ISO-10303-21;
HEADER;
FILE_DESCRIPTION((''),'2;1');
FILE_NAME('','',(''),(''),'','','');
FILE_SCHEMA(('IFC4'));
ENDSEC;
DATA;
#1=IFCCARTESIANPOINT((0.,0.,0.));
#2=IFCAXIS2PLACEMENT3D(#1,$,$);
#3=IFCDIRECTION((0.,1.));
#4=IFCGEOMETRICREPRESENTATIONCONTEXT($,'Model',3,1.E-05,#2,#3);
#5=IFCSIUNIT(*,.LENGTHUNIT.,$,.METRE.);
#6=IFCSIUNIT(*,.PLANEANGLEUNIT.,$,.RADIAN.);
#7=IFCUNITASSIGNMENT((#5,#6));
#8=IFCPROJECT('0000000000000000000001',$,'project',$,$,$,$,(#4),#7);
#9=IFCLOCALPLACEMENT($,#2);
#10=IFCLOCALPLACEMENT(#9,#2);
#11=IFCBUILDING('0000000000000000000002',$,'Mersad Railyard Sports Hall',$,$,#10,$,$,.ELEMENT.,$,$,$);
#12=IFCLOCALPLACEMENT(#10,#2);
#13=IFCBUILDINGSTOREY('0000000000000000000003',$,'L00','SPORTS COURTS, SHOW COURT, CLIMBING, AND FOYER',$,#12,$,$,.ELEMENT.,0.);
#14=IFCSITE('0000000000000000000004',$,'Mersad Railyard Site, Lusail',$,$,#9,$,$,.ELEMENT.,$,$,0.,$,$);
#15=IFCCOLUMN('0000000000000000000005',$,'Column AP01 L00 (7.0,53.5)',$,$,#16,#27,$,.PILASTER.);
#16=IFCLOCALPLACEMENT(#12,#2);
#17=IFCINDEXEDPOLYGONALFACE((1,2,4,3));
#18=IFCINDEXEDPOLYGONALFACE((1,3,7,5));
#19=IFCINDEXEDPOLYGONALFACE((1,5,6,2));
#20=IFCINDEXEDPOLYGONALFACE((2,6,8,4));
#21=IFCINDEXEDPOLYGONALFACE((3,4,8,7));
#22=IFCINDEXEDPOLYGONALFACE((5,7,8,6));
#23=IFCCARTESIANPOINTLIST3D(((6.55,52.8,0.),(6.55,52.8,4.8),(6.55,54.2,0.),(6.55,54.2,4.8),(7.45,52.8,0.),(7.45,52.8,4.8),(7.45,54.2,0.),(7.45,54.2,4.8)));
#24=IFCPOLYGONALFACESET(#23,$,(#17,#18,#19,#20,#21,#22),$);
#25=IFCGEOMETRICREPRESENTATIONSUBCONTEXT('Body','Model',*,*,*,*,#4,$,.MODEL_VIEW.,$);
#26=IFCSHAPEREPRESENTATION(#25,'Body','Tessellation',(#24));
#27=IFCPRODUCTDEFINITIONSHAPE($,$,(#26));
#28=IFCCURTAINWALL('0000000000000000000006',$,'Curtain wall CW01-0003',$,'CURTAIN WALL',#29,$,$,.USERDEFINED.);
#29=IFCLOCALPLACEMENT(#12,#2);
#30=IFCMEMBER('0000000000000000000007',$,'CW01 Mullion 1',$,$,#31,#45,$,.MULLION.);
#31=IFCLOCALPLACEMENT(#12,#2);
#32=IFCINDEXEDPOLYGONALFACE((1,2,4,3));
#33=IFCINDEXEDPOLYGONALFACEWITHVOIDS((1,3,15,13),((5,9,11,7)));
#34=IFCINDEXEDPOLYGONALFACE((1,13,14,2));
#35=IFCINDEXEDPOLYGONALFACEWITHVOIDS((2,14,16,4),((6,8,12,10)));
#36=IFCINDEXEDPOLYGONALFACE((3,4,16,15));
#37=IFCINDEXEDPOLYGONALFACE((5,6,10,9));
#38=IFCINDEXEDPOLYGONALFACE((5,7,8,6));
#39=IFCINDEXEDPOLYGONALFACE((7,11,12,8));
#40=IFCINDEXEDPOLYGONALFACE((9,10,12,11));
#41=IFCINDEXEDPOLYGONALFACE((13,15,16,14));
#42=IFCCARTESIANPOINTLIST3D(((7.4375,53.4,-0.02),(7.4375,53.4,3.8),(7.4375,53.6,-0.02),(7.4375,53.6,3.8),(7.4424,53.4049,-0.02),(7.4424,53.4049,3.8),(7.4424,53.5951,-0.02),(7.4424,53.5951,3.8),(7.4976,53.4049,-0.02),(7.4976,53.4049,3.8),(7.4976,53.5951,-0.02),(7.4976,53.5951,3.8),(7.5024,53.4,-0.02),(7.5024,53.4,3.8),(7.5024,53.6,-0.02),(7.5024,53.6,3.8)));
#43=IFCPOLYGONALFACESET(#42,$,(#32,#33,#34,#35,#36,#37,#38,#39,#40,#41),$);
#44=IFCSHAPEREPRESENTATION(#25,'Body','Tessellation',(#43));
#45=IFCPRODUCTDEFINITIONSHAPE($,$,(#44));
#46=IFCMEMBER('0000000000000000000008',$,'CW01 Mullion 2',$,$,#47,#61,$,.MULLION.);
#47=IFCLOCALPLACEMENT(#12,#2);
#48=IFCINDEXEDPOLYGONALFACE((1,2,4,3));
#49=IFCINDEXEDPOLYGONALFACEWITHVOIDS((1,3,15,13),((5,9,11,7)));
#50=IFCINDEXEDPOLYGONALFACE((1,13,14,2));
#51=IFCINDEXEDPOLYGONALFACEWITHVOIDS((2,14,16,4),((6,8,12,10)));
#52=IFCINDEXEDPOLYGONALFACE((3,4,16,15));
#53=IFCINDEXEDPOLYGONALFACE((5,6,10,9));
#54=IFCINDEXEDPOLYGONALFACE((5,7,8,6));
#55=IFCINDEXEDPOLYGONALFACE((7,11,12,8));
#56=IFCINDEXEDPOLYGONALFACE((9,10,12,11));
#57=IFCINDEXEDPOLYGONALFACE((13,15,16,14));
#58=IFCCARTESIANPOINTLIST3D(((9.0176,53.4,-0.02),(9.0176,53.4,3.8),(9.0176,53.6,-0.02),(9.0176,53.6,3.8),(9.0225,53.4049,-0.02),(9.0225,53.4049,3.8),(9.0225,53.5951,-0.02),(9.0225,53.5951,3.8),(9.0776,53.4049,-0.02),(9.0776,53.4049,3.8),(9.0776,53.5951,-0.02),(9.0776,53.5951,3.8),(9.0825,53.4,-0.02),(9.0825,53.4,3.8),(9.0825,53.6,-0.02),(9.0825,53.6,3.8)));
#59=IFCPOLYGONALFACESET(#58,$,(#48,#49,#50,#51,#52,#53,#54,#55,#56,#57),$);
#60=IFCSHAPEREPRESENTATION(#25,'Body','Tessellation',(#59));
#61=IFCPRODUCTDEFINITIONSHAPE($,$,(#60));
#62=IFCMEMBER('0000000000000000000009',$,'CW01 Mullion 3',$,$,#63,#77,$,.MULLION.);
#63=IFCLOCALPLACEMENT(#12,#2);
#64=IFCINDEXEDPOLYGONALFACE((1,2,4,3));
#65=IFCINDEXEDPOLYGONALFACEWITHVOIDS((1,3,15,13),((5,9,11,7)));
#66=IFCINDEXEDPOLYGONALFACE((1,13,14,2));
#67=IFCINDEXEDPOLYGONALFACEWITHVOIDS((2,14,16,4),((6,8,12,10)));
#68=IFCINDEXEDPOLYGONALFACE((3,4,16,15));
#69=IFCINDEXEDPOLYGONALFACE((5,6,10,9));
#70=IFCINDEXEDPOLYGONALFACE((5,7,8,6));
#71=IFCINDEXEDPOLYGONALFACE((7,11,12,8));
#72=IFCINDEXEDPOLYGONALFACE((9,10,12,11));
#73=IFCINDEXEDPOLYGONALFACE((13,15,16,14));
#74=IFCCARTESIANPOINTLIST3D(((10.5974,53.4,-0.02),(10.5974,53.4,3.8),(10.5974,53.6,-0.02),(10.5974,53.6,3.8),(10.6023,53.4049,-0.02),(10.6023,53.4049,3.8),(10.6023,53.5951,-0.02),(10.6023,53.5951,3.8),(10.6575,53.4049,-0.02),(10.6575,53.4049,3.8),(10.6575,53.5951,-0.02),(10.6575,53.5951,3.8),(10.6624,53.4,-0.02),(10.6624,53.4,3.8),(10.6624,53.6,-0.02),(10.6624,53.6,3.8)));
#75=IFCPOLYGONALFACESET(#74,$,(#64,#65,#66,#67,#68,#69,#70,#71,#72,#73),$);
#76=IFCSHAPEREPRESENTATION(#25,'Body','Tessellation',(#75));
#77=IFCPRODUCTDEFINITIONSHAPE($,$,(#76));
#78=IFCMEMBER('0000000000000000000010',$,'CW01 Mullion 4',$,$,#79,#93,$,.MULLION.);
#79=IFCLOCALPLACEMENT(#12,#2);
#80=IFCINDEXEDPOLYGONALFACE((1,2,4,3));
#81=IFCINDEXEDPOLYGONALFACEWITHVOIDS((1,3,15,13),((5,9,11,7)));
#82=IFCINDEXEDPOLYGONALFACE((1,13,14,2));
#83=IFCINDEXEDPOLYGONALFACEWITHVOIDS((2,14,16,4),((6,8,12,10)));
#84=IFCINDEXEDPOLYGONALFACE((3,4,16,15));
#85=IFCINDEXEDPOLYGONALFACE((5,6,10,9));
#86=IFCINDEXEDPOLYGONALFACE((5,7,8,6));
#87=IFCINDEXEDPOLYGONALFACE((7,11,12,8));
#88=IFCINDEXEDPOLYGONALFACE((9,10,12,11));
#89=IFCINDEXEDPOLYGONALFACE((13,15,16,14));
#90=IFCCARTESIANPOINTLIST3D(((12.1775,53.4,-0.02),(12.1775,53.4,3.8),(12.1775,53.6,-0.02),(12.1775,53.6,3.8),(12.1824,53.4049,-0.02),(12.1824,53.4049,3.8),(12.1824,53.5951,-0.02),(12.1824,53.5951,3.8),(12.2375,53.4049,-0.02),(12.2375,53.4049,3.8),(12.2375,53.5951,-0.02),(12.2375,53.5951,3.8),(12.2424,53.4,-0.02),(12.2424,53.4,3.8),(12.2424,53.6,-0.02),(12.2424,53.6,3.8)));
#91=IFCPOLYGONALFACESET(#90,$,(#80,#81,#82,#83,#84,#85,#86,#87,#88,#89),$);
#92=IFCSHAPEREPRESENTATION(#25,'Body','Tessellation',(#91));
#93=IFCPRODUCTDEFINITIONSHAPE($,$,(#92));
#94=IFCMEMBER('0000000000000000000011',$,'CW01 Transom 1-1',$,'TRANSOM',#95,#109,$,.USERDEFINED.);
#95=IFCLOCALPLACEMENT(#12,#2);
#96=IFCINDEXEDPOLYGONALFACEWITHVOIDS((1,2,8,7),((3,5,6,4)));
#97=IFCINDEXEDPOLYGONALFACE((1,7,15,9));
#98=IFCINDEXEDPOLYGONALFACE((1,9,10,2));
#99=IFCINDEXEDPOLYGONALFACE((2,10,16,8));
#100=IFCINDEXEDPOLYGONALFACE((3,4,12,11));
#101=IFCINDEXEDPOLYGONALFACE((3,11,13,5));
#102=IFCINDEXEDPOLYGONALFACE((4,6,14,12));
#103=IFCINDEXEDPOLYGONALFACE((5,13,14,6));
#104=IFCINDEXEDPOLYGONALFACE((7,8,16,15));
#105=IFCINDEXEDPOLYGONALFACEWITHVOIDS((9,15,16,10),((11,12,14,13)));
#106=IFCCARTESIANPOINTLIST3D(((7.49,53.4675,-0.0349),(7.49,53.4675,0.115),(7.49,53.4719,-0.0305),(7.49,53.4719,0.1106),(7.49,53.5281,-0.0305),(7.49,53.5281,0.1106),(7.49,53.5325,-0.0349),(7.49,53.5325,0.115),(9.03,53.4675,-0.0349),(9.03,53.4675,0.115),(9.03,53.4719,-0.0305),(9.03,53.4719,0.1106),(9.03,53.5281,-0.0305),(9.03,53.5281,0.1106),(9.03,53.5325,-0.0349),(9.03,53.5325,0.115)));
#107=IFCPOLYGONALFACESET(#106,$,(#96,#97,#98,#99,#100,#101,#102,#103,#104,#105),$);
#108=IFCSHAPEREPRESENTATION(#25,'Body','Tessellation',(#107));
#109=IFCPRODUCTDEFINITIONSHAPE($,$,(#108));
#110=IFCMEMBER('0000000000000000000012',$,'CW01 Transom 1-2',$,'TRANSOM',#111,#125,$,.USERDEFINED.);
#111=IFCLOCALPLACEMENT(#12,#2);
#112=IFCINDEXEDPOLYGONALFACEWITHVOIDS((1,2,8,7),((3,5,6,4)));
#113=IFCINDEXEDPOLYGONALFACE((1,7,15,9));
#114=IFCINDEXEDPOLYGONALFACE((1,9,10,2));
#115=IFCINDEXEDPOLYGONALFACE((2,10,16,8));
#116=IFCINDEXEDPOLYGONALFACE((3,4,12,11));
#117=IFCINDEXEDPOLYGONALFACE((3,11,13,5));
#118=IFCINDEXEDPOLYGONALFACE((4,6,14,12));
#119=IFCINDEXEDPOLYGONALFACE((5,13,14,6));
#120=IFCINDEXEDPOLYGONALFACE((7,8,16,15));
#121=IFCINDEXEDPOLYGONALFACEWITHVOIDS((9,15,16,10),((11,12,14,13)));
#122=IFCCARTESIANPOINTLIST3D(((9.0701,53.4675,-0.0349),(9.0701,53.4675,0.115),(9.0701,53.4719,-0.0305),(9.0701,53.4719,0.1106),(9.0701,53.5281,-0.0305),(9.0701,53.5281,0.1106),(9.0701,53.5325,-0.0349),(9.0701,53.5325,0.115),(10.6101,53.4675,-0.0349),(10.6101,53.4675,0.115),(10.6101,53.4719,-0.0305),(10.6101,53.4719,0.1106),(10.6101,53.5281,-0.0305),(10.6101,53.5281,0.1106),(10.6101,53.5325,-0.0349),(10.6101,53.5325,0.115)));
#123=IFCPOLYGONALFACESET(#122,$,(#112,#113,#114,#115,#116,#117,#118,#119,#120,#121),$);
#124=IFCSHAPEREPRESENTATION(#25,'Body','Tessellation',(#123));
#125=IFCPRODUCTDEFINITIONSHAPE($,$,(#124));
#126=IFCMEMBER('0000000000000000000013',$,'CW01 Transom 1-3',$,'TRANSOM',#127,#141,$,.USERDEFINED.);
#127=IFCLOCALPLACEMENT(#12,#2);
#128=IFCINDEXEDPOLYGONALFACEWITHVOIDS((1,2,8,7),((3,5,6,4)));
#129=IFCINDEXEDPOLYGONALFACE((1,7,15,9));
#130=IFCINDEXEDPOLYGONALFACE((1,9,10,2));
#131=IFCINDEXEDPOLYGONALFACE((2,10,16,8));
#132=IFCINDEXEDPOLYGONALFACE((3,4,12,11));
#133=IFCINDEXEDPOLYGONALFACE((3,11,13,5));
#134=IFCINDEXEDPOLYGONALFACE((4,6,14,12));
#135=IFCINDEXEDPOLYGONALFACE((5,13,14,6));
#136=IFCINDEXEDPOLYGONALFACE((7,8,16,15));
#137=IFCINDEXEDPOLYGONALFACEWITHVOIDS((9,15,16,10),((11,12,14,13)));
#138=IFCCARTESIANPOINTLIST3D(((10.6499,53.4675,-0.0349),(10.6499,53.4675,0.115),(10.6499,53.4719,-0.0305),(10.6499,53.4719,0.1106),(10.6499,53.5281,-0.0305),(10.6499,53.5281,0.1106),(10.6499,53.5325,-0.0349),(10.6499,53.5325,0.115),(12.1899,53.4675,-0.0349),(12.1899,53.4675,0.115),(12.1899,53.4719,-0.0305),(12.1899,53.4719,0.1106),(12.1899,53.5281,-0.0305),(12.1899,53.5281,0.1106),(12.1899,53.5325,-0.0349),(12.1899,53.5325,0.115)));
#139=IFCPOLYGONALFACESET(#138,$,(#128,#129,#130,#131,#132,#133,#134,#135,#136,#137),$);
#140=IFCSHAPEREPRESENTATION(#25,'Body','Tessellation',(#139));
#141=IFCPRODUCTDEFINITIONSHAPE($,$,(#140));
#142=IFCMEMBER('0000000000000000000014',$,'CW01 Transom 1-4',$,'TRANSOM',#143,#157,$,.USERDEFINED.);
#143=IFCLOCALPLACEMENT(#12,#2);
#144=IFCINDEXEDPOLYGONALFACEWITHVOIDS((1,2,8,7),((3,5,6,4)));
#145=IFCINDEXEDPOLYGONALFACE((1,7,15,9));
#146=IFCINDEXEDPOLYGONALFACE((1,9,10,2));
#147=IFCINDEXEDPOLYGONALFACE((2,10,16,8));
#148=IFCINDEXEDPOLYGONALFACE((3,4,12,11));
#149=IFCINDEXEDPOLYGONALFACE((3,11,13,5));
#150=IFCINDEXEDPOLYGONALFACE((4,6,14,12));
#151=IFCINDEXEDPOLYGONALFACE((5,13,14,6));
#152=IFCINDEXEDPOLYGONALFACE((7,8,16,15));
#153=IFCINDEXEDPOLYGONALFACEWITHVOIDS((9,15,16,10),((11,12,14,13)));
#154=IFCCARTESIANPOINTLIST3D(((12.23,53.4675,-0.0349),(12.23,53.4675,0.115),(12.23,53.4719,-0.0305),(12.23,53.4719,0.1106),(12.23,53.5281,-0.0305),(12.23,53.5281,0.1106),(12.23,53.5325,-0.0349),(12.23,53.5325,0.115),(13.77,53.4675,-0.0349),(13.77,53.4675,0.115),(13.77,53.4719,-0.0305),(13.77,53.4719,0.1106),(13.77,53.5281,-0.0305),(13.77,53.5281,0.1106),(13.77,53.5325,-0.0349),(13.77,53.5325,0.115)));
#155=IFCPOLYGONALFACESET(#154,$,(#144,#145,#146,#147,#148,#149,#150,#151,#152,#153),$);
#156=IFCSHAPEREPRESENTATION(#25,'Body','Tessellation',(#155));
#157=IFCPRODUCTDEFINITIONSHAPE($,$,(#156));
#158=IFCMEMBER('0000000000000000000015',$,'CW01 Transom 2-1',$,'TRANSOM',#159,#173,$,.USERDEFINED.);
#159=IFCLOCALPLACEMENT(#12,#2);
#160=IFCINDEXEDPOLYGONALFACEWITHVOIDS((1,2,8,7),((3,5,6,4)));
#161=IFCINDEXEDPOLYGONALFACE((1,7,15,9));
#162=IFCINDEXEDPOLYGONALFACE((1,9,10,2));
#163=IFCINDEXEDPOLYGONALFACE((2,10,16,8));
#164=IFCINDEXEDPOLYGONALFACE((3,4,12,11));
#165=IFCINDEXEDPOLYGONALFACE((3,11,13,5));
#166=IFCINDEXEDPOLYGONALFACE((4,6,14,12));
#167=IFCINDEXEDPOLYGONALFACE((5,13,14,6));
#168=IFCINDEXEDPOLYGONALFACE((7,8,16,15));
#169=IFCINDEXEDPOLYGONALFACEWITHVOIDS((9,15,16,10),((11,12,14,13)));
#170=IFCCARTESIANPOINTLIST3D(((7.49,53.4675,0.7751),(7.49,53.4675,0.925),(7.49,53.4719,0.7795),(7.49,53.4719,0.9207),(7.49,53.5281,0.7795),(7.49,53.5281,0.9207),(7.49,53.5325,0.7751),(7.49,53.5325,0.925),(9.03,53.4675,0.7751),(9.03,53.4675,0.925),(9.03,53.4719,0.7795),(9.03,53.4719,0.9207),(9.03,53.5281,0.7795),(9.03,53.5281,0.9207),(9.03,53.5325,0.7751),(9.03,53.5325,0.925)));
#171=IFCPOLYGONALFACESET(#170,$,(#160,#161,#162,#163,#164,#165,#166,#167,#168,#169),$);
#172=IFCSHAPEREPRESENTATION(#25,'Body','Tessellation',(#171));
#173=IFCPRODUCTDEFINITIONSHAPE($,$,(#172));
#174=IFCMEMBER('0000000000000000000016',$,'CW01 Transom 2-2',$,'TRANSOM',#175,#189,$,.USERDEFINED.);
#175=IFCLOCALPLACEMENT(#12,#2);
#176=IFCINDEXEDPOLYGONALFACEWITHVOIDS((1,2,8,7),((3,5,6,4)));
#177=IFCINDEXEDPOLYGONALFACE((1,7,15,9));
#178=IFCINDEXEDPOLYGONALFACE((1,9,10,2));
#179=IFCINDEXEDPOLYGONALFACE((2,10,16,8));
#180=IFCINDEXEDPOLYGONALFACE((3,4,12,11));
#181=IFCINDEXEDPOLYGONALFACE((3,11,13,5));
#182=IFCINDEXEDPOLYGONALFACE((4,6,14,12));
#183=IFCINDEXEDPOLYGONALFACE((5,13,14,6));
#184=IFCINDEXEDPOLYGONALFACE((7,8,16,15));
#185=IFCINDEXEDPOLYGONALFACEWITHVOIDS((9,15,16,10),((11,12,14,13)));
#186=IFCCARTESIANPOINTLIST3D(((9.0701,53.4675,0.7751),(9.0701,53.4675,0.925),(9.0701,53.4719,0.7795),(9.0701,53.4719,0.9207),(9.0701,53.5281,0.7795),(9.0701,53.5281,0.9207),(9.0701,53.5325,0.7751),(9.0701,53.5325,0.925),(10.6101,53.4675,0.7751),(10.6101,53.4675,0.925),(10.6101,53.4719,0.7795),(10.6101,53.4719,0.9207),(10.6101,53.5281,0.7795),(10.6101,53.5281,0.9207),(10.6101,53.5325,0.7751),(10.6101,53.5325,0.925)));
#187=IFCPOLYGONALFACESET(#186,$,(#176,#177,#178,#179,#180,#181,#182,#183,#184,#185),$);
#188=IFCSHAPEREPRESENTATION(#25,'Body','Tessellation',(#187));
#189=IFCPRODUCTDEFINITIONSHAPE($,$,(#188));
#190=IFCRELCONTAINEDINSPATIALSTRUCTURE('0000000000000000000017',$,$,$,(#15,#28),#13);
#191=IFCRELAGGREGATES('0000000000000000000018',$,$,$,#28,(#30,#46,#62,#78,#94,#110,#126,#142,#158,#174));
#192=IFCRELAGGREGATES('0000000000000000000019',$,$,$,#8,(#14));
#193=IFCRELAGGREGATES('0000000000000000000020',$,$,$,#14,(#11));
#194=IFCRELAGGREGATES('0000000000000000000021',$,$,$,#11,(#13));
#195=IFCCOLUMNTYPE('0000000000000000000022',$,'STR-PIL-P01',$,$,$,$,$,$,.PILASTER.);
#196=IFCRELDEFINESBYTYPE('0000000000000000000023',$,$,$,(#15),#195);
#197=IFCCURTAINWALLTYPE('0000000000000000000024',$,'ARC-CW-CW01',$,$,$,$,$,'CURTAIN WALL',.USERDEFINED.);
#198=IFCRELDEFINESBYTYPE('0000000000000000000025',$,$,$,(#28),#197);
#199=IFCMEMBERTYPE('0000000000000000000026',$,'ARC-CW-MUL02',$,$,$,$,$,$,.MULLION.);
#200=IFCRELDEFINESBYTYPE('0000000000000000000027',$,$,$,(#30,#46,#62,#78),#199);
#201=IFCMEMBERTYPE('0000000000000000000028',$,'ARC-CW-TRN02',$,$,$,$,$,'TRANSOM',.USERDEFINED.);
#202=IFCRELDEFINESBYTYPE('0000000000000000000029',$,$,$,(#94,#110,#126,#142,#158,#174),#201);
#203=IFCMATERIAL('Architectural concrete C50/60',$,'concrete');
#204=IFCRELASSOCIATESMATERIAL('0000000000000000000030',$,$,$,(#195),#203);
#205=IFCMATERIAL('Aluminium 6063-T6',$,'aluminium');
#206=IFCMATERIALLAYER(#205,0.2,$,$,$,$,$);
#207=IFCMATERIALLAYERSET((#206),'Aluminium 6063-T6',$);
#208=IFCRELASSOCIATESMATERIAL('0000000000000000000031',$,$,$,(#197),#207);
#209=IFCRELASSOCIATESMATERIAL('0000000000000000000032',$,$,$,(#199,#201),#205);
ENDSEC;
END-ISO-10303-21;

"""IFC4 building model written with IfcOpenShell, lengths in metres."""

from ifc_helpers import new_model, si_unit, direction, frame, origin, origin_2d, place, context, subcontext, project, spatial, rectangle, hollow_rectangle, extrude, material, layer, layer_set, material_profile, profile_set, type_object, element, aggregate, save


model = new_model("IFC4")

# Units and contexts
model_context = context("Model", 3, precision=1e-05, world=origin(), true_north=direction((0.0, 1.0)))
body_context = subcontext(model_context, "Body", "Model", "MODEL_VIEW")
ifc_project = project(units=[si_unit("LENGTHUNIT", "METRE"), si_unit("PLANEANGLEUNIT", "RADIAN")], contexts=[model_context])

# Site, building, storey
site_placement = place(None, origin())
site = spatial("IfcSite", under=ifc_project, at=site_placement, Name="Mersad Railyard Site, Lusail", CompositionType="ELEMENT", RefElevation=0.0)
building_placement = place(site_placement, origin())
building = spatial("IfcBuilding", under=site, at=building_placement, Name="Mersad Railyard Sports Hall", CompositionType="ELEMENT")
storey_placement = place(building_placement, origin())
storey = spatial("IfcBuildingStorey", under=building, at=storey_placement, Name="L00", Description="SPORTS COURTS, SHOW COURT, CLIMBING, AND FOYER", CompositionType="ELEMENT", Elevation=0.0)

# Column
ifc_material_1 = material(Name="Architectural concrete C50/60", Category="concrete")
ifc_material_profile_1 = material_profile(ifc_material_1, rectangle(XDim=0.8999, YDim=1.3999, at=origin_2d()), Name="RC 900x1400")
ifc_profile_set_1 = profile_set([ifc_material_profile_1], Name="Architectural concrete C50/60")
column_type = type_object("IfcColumnType", Name="STR-PIL-P01", PredefinedType="PILASTER", material=ifc_profile_set_1)
column_placement = place(storey_placement, frame((7.0, 53.5, 0.0), z_axis=(0.0, 0.0, 1.0), x_axis=(1.0, 0.0, 0.0)))
element("IfcColumn", 1, at=column_placement, inside=storey, type_object=column_type, Name="Column AP01 L00 (7.0,53.5)", PredefinedType="PILASTER", context=body_context, shape_type="SweptSolid", body=[
    extrude(rectangle(XDim=0.8999, YDim=1.3999, at=origin_2d()), origin(), (0.0, 0.0, 1.0), 4.8),
])

# Curtain wall, members
ifc_material_2 = material(Name="Aluminium 6063-T6", Category="aluminium")
ifc_layer_1 = layer(ifc_material_2, 0.2)
ifc_layer_set_1 = layer_set([ifc_layer_1], Name="Aluminium 6063-T6")
curtain_wall_type = type_object("IfcCurtainWallType", Name="ARC-CW-CW01", ElementType="CURTAIN WALL", PredefinedType="USERDEFINED", material=ifc_layer_set_1)
curtain_wall_placement = place(storey_placement, origin())
curtain_wall = element("IfcCurtainWall", 2, at=curtain_wall_placement, inside=storey, type_object=curtain_wall_type, Name="Curtain wall CW01-0003", ObjectType="CURTAIN WALL", PredefinedType="USERDEFINED")
ifc_material_profile_2 = material_profile(ifc_material_2, hollow_rectangle(XDim=0.0649, YDim=0.2, WallThickness=0.0049, at=origin_2d()), Name="AL MULLION 65x200x5")
ifc_profile_set_2 = profile_set([ifc_material_profile_2], Name="Aluminium 6063-T6")
member_type_1 = type_object("IfcMemberType", Name="ARC-CW-MUL02", PredefinedType="MULLION", material=ifc_profile_set_2)
member_1_placement = place(storey_placement, frame((7.47, 53.5, -0.02), z_axis=(0.0, 0.0, 1.0), x_axis=(1.0, 0.0, 0.0)))
member_1 = element("IfcMember", 3, at=member_1_placement, type_object=member_type_1, Name="CW01 Mullion 1", PredefinedType="MULLION", context=body_context, shape_type="SweptSolid", body=[
    extrude(hollow_rectangle(XDim=0.0649, YDim=0.2, WallThickness=0.0049, at=origin_2d()), origin(), (0.0, 0.0, 1.0), 3.8201),
])
member_2_placement = place(storey_placement, frame((9.05, 53.5, -0.02), z_axis=(0.0, 0.0, 1.0), x_axis=(1.0, 0.0, 0.0)))
member_2 = element("IfcMember", 4, at=member_2_placement, type_object=member_type_1, Name="CW01 Mullion 2", PredefinedType="MULLION", context=body_context, shape_type="SweptSolid", body=[
    extrude(hollow_rectangle(XDim=0.0649, YDim=0.2, WallThickness=0.0049, at=origin_2d()), origin(), (0.0, 0.0, 1.0), 3.8201),
])
member_3_placement = place(storey_placement, frame((10.6299, 53.5, -0.02), z_axis=(0.0, 0.0, 1.0), x_axis=(1.0, 0.0, 0.0)))
member_3 = element("IfcMember", 5, at=member_3_placement, type_object=member_type_1, Name="CW01 Mullion 3", PredefinedType="MULLION", context=body_context, shape_type="SweptSolid", body=[
    extrude(hollow_rectangle(XDim=0.0649, YDim=0.2, WallThickness=0.0049, at=origin_2d()), origin(), (0.0, 0.0, 1.0), 3.8201),
])
member_4_placement = place(storey_placement, frame((12.21, 53.5, -0.02), z_axis=(0.0, 0.0, 1.0), x_axis=(1.0, 0.0, 0.0)))
member_4 = element("IfcMember", 6, at=member_4_placement, type_object=member_type_1, Name="CW01 Mullion 4", PredefinedType="MULLION", context=body_context, shape_type="SweptSolid", body=[
    extrude(hollow_rectangle(XDim=0.0649, YDim=0.2, WallThickness=0.0049, at=origin_2d()), origin(), (0.0, 0.0, 1.0), 3.8201),
])
ifc_material_profile_3 = material_profile(ifc_material_2, hollow_rectangle(XDim=0.0649, YDim=0.1499, WallThickness=0.0044, at=origin_2d()), Name="AL TRANSOM 65x150x4.5")
ifc_profile_set_3 = profile_set([ifc_material_profile_3], Name="Aluminium 6063-T6")
member_type_2 = type_object("IfcMemberType", Name="ARC-CW-TRN02", ElementType="TRANSOM", PredefinedType="USERDEFINED", material=ifc_profile_set_3)
member_5_placement = place(storey_placement, frame((7.49, 53.5, 0.04), z_axis=(1.0, 0.0, 0.0), x_axis=(0.0, 1.0, 0.0)))
member_5 = element("IfcMember", 7, at=member_5_placement, type_object=member_type_2, Name="CW01 Transom 1-1", ObjectType="TRANSOM", PredefinedType="USERDEFINED", context=body_context, shape_type="SweptSolid", body=[
    extrude(hollow_rectangle(XDim=0.0649, YDim=0.1499, WallThickness=0.0044, at=origin_2d()), origin(), (0.0, 0.0, 1.0), 1.54),
])
member_6_placement = place(storey_placement, frame((9.0701, 53.5, 0.04), z_axis=(1.0, 0.0, 0.0), x_axis=(0.0, 1.0, 0.0)))
member_6 = element("IfcMember", 8, at=member_6_placement, type_object=member_type_2, Name="CW01 Transom 1-2", ObjectType="TRANSOM", PredefinedType="USERDEFINED", context=body_context, shape_type="SweptSolid", body=[
    extrude(hollow_rectangle(XDim=0.0649, YDim=0.1499, WallThickness=0.0044, at=origin_2d()), origin(), (0.0, 0.0, 1.0), 1.54),
])
member_7_placement = place(storey_placement, frame((10.6499, 53.5, 0.04), z_axis=(1.0, 0.0, 0.0), x_axis=(0.0, 1.0, 0.0)))
member_7 = element("IfcMember", 9, at=member_7_placement, type_object=member_type_2, Name="CW01 Transom 1-3", ObjectType="TRANSOM", PredefinedType="USERDEFINED", context=body_context, shape_type="SweptSolid", body=[
    extrude(hollow_rectangle(XDim=0.0649, YDim=0.1499, WallThickness=0.0044, at=origin_2d()), origin(), (0.0, 0.0, 1.0), 1.54),
])
member_8_placement = place(storey_placement, frame((12.23, 53.5, 0.04), z_axis=(1.0, 0.0, 0.0), x_axis=(0.0, 1.0, 0.0)))
member_8 = element("IfcMember", 10, at=member_8_placement, type_object=member_type_2, Name="CW01 Transom 1-4", ObjectType="TRANSOM", PredefinedType="USERDEFINED", context=body_context, shape_type="SweptSolid", body=[
    extrude(hollow_rectangle(XDim=0.0649, YDim=0.1499, WallThickness=0.0044, at=origin_2d()), origin(), (0.0, 0.0, 1.0), 1.54),
])
member_9_placement = place(storey_placement, frame((7.49, 53.5, 0.8501), z_axis=(1.0, 0.0, 0.0), x_axis=(0.0, 1.0, 0.0)))
member_9 = element("IfcMember", 11, at=member_9_placement, type_object=member_type_2, Name="CW01 Transom 2-1", ObjectType="TRANSOM", PredefinedType="USERDEFINED", context=body_context, shape_type="SweptSolid", body=[
    extrude(hollow_rectangle(XDim=0.0649, YDim=0.1499, WallThickness=0.0044, at=origin_2d()), origin(), (0.0, 0.0, 1.0), 1.54),
])
member_10_placement = place(storey_placement, frame((9.0701, 53.5, 0.8501), z_axis=(1.0, 0.0, 0.0), x_axis=(0.0, 1.0, 0.0)))
member_10 = element("IfcMember", 12, at=member_10_placement, type_object=member_type_2, Name="CW01 Transom 2-2", ObjectType="TRANSOM", PredefinedType="USERDEFINED", context=body_context, shape_type="SweptSolid", body=[
    extrude(hollow_rectangle(XDim=0.0649, YDim=0.1499, WallThickness=0.0044, at=origin_2d()), origin(), (0.0, 0.0, 1.0), 1.54),
])

aggregate(curtain_wall, [member_1, member_2, member_3, member_4, member_5, member_6, member_7, member_8, member_9, member_10])

save(model, "model.ifc")
